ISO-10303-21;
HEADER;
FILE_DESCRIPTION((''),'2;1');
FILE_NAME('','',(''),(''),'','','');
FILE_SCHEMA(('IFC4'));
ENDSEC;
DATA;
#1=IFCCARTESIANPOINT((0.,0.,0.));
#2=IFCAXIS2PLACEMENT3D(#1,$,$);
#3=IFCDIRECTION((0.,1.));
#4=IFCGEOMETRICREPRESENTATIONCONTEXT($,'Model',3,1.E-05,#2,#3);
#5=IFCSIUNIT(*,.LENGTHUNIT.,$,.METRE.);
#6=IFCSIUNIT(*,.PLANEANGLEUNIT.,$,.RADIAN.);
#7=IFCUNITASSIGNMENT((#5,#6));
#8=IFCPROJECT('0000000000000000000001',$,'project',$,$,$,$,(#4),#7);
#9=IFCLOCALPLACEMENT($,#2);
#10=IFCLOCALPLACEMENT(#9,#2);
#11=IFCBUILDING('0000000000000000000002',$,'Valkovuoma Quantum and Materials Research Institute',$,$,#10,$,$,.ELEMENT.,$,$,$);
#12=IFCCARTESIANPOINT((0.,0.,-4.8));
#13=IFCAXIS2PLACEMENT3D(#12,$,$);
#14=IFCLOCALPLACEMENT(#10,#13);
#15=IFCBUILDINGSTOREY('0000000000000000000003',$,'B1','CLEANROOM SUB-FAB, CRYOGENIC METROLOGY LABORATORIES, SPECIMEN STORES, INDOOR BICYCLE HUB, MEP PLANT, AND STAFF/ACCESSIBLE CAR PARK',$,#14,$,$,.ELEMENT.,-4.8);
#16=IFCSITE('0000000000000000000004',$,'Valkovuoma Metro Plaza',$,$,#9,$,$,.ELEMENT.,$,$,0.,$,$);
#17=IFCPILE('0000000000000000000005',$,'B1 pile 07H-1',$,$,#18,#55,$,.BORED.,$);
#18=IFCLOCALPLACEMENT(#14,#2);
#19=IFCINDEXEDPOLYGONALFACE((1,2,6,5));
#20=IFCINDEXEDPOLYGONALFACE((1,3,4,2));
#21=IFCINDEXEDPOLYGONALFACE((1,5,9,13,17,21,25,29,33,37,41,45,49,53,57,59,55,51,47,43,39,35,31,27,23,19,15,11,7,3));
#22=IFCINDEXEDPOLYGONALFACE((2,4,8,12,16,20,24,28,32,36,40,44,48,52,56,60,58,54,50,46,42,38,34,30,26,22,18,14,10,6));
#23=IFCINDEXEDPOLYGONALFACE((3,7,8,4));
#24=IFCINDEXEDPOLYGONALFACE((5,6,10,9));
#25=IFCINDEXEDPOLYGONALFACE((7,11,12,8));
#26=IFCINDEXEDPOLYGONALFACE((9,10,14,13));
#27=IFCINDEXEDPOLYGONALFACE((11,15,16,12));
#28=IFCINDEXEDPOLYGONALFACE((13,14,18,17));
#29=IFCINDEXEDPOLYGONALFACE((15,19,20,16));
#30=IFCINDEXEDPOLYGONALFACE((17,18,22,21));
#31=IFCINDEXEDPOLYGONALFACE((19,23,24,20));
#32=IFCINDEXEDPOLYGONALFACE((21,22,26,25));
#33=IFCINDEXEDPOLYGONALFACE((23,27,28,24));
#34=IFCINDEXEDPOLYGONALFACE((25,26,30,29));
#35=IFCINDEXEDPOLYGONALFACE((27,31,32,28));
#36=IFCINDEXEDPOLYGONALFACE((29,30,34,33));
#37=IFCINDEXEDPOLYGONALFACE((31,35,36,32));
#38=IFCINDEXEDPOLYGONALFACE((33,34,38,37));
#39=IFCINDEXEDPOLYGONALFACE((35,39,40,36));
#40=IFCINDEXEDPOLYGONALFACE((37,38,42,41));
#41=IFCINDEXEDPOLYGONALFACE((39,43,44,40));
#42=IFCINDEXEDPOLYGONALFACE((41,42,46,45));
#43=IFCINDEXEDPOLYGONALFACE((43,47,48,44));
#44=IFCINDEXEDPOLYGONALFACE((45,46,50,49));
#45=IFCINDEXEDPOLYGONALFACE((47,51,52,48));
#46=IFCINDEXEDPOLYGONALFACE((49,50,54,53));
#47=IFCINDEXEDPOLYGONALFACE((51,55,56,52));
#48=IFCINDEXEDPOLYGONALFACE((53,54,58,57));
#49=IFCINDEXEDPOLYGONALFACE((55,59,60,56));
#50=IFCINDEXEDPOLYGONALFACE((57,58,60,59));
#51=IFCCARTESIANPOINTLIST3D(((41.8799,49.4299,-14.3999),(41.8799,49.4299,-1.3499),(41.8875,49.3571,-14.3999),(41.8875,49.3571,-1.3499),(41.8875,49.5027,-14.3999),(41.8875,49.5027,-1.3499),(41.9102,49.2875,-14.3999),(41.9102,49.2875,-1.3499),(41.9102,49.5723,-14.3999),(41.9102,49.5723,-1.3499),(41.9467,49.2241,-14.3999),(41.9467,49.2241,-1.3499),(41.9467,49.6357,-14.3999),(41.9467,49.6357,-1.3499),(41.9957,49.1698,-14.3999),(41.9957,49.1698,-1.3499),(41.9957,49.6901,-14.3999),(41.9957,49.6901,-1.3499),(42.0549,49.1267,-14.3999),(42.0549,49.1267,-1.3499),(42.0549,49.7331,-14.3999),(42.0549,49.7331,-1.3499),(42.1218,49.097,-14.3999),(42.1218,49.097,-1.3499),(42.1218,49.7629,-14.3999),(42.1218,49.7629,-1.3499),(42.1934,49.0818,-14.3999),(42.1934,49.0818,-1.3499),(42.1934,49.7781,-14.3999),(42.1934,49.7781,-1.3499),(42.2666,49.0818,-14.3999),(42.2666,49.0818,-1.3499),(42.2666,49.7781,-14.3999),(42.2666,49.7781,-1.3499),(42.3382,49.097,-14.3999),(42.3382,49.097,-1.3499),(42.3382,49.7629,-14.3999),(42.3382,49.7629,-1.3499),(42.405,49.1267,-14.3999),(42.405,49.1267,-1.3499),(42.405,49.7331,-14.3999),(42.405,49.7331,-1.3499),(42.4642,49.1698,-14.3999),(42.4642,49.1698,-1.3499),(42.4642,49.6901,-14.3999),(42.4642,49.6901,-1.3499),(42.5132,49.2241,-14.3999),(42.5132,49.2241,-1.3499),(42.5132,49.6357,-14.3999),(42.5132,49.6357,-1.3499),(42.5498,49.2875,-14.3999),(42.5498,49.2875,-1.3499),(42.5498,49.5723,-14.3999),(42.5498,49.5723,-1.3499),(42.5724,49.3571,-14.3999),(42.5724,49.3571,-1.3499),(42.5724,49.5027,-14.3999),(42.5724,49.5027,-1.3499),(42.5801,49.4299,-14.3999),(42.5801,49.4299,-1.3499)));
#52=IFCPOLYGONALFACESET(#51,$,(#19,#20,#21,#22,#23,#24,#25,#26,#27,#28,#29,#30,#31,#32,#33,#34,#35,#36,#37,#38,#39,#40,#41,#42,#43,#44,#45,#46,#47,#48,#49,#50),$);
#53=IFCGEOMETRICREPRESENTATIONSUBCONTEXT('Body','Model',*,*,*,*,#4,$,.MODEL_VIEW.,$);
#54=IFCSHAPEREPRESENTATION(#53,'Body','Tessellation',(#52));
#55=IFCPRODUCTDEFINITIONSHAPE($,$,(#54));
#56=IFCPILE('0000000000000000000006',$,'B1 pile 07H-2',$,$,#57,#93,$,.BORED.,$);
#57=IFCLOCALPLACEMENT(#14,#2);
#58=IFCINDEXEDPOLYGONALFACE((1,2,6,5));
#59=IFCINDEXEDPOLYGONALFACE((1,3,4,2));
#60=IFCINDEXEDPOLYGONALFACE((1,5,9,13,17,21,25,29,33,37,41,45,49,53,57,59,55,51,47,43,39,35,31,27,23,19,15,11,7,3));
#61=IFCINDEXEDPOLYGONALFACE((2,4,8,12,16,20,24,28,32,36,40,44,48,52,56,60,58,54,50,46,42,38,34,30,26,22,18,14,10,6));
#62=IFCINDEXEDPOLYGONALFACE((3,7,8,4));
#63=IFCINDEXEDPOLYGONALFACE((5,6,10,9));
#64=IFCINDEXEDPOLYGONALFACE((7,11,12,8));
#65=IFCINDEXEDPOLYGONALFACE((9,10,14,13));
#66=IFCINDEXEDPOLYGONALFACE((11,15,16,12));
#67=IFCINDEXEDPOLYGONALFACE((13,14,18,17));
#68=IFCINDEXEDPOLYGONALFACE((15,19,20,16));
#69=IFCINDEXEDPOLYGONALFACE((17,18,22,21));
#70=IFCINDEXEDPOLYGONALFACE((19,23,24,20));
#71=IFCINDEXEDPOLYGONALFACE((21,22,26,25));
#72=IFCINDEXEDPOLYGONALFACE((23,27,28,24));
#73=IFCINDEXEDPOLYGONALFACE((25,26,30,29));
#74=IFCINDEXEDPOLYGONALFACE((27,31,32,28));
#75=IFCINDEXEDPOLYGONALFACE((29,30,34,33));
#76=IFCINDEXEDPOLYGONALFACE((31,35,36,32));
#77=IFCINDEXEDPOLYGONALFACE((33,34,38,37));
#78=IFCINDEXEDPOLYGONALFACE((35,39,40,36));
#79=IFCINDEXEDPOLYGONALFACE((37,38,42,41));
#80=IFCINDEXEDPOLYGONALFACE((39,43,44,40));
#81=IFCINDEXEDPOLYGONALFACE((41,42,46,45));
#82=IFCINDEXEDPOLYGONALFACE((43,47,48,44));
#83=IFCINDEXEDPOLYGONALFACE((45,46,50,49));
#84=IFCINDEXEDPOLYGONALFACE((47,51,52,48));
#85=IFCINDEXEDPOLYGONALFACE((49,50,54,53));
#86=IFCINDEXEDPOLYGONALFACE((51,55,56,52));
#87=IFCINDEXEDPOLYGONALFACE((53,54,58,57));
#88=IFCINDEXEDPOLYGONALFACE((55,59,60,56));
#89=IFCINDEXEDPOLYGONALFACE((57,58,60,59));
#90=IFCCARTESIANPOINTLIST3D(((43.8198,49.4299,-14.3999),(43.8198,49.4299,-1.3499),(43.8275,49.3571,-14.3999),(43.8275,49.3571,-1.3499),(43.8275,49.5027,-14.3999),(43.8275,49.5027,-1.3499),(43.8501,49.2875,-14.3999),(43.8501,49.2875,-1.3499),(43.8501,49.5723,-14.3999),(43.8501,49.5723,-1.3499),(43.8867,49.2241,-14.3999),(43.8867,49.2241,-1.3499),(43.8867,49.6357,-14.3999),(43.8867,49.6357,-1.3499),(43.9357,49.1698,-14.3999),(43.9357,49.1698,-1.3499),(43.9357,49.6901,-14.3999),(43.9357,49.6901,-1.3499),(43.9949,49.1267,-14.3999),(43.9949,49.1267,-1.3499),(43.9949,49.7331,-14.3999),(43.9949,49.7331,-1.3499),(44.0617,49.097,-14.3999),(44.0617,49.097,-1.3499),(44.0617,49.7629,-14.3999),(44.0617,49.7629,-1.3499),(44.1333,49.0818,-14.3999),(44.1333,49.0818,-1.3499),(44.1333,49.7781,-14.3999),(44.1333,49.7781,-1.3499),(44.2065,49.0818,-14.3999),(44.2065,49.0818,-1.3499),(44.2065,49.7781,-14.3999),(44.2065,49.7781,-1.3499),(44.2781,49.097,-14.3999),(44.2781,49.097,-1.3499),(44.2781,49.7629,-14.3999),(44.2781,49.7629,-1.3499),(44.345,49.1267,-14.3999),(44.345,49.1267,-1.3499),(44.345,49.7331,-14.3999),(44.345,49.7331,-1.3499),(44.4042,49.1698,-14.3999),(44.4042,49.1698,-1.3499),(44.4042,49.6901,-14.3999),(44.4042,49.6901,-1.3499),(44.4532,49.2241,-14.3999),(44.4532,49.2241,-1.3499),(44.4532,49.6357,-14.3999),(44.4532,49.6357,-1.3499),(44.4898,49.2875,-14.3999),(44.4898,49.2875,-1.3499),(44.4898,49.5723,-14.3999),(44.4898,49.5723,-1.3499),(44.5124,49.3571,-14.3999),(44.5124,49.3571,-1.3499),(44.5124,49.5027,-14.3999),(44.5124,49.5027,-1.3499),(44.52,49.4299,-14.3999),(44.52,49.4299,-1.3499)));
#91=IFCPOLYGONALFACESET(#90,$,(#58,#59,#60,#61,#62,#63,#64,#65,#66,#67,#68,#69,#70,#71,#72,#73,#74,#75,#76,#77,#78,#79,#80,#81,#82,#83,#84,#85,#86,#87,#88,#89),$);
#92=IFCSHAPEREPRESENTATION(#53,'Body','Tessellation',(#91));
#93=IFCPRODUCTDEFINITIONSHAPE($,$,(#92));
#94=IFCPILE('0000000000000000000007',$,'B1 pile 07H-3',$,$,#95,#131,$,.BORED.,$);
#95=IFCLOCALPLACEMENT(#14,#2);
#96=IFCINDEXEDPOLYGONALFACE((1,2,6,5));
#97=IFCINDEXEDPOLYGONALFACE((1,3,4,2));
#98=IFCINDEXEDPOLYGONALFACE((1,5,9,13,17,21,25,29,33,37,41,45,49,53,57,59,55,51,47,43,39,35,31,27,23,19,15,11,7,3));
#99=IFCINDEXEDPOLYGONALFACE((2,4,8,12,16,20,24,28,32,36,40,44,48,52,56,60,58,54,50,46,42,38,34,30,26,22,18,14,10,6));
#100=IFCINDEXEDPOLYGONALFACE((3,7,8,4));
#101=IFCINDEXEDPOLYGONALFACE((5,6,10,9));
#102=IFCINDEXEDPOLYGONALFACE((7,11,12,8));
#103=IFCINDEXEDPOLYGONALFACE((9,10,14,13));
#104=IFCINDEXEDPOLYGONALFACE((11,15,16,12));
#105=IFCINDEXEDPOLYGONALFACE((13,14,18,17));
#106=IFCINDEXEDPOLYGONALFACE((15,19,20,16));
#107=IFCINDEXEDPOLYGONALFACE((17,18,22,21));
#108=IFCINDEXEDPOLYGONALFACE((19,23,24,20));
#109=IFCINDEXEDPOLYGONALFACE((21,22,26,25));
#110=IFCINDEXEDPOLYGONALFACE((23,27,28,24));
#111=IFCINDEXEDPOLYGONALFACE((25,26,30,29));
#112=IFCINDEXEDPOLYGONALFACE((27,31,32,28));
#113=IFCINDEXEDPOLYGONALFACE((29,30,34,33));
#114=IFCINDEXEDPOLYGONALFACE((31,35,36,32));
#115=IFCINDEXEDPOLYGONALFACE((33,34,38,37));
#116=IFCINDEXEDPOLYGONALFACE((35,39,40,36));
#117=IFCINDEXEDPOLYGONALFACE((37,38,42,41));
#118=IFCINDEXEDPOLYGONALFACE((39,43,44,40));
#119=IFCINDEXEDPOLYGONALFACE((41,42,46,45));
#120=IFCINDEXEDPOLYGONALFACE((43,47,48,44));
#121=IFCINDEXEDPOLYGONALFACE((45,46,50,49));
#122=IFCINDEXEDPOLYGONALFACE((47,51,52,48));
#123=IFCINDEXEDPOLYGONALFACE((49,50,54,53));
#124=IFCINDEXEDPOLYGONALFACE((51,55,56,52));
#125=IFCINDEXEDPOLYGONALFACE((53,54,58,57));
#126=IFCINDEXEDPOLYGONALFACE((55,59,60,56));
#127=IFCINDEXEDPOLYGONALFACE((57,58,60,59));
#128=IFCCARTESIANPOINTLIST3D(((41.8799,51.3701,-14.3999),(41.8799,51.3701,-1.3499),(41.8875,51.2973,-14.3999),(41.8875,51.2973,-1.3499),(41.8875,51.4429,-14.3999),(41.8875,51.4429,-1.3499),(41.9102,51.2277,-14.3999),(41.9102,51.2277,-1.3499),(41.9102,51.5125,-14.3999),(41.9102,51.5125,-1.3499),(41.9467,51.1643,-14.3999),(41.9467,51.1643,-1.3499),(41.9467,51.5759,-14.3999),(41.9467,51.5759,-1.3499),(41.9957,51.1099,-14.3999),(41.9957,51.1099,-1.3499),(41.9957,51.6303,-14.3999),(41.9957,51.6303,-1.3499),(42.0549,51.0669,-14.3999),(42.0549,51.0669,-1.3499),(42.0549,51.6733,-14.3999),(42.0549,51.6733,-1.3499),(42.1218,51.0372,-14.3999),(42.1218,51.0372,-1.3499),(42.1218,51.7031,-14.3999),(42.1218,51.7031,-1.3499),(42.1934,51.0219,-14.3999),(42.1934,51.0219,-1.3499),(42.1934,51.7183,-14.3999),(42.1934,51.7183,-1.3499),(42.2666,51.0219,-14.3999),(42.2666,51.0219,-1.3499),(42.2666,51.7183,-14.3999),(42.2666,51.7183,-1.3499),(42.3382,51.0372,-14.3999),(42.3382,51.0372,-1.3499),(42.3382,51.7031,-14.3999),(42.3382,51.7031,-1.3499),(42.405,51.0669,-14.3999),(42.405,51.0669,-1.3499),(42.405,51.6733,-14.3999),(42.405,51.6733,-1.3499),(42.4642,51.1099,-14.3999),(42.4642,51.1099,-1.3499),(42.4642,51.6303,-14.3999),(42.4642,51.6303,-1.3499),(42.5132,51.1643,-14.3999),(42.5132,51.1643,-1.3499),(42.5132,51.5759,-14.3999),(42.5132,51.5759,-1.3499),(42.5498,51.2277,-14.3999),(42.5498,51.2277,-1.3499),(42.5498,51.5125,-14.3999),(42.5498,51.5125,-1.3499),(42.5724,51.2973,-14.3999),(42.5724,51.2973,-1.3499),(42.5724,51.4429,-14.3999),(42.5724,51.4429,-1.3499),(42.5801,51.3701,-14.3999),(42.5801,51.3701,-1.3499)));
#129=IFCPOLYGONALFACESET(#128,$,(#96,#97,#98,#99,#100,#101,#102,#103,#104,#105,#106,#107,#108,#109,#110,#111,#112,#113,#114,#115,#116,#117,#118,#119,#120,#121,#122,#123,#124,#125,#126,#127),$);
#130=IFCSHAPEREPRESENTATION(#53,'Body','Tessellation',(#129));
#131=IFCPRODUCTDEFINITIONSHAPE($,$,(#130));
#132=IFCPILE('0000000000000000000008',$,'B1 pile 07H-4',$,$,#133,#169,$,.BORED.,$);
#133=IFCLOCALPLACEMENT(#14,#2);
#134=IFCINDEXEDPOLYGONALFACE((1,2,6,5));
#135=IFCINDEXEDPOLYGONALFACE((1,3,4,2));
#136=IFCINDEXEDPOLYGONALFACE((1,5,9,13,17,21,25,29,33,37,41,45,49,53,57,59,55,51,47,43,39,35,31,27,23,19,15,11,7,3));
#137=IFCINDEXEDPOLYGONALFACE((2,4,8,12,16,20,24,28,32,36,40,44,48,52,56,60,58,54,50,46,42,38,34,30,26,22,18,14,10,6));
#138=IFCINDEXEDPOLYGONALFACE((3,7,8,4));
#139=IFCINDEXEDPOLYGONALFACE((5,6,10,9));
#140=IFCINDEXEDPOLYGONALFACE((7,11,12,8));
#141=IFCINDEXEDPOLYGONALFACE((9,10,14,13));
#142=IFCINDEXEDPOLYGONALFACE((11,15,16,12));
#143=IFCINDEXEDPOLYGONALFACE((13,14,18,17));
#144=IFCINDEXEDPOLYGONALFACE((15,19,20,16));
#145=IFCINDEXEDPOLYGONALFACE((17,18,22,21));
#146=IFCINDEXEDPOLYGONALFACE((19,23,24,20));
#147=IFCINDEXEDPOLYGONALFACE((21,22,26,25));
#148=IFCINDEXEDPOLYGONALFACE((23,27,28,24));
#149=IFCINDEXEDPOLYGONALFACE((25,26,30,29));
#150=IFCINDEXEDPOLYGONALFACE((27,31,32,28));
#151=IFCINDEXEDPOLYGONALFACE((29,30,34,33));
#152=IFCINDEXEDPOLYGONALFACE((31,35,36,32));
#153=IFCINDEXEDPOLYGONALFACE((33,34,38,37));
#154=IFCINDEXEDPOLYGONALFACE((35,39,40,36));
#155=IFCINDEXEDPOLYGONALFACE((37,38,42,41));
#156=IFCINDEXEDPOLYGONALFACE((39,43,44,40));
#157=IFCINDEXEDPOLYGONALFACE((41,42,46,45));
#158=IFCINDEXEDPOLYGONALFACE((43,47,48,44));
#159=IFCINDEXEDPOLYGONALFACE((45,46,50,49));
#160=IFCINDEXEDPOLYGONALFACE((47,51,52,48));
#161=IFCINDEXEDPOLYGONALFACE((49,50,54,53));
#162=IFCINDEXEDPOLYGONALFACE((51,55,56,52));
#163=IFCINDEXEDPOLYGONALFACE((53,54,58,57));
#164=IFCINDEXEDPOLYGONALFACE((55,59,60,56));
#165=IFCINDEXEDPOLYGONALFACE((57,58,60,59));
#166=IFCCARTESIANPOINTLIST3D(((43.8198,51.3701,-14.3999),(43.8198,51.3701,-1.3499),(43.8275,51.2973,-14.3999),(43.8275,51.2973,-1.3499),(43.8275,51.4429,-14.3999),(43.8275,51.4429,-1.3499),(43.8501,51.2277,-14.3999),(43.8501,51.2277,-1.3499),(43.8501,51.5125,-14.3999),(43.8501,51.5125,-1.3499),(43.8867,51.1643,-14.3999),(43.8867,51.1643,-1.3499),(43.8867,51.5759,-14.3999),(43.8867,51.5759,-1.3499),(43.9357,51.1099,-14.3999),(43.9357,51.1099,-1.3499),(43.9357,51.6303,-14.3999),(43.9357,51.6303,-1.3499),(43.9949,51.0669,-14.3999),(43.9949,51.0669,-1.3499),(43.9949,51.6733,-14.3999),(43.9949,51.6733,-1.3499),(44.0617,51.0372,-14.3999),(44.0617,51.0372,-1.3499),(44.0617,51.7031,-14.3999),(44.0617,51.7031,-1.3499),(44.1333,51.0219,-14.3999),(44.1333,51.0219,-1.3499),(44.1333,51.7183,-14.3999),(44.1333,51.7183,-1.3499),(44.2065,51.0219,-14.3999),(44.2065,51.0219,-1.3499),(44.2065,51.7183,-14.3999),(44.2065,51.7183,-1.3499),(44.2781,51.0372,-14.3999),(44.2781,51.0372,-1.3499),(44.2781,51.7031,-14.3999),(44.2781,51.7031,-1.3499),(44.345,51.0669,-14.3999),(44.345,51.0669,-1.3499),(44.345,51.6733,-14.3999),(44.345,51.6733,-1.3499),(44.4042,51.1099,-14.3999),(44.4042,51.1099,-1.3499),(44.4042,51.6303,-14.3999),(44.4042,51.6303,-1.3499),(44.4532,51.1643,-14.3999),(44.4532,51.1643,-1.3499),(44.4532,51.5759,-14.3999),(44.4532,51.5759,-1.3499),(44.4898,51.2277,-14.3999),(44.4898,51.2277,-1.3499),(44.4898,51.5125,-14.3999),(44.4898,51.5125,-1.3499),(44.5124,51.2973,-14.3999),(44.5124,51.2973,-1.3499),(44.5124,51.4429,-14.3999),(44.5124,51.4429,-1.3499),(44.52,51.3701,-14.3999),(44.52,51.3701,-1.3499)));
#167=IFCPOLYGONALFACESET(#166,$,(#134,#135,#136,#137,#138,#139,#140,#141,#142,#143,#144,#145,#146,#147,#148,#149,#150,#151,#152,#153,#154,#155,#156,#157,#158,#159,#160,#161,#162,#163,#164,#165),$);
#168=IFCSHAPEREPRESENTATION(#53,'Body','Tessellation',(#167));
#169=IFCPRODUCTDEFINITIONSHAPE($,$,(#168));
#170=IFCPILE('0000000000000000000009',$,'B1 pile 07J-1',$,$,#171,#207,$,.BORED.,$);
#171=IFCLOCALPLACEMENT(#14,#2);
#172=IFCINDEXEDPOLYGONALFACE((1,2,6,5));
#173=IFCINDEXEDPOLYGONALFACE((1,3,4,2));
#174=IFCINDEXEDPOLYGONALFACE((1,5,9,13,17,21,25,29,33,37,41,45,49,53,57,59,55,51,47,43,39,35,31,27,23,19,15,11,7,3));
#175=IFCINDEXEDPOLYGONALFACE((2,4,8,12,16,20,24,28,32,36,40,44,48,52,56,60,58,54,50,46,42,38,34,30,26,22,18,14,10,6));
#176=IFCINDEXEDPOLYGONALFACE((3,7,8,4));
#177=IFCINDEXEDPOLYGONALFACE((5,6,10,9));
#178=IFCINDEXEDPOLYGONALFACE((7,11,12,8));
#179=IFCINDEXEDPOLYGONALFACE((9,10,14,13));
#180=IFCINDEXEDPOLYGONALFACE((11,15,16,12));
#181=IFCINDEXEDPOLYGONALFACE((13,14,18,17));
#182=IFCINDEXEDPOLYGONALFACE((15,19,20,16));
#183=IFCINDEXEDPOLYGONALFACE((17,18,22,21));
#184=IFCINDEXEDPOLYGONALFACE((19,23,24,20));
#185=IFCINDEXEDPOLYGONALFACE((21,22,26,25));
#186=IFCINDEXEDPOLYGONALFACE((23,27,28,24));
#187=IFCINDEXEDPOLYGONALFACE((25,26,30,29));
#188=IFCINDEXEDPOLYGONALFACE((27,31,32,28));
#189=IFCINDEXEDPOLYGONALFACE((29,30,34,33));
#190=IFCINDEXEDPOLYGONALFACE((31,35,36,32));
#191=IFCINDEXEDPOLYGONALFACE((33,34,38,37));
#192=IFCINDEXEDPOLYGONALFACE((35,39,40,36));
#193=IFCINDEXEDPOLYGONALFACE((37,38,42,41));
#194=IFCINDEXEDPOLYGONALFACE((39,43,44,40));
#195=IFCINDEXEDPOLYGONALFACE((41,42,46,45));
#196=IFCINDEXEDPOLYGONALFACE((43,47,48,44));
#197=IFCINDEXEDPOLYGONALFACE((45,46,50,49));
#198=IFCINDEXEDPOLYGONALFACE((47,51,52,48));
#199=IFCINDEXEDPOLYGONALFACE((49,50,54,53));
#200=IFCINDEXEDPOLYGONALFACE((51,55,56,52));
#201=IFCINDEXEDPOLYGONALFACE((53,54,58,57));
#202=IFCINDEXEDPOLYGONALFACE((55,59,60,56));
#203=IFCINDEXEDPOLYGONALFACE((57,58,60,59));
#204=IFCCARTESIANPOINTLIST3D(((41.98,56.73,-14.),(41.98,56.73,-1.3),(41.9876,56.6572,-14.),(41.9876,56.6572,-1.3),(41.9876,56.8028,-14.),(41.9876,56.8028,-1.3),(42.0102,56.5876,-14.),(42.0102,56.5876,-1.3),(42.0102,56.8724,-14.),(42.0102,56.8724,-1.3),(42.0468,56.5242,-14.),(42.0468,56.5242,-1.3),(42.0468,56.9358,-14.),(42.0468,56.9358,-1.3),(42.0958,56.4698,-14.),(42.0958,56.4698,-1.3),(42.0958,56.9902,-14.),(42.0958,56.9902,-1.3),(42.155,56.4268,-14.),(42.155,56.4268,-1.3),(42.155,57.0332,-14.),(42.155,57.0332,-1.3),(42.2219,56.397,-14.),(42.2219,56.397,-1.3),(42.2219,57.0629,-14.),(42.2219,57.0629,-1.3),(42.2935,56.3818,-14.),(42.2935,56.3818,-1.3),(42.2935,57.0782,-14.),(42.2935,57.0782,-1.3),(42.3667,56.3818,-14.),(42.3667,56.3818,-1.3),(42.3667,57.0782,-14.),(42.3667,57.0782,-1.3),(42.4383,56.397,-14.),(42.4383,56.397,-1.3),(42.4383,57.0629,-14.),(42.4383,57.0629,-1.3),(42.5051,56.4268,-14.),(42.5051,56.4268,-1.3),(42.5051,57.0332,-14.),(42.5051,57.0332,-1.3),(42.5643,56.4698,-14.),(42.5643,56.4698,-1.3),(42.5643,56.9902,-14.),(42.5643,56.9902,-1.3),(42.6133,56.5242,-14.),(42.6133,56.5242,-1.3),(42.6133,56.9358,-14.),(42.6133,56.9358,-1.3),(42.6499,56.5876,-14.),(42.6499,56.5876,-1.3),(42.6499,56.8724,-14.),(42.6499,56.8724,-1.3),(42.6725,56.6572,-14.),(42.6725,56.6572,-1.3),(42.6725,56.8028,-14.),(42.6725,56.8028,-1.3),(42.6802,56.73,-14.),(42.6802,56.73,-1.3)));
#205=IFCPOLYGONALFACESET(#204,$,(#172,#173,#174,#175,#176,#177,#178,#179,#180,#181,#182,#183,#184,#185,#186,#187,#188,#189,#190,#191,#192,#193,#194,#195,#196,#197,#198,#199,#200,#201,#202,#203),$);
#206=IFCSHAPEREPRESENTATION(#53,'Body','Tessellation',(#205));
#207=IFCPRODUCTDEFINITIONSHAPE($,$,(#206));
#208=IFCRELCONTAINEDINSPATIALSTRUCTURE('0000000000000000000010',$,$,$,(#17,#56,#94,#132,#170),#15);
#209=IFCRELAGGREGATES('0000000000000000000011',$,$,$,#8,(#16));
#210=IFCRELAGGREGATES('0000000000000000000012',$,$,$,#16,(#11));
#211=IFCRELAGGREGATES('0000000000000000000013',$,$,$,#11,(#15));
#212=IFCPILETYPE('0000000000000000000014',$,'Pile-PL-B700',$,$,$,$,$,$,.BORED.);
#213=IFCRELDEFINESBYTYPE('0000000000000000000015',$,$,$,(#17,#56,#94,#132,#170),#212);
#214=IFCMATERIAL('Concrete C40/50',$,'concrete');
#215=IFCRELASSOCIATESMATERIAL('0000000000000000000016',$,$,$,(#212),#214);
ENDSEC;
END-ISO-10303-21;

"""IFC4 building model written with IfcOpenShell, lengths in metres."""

from ifc_helpers import new_model, si_unit, direction, frame, origin, origin_2d, place, context, subcontext, project, spatial, circle, extrude, material, material_profile, profile_set, type_object, element, save


model = new_model("IFC4")

# Units and contexts
model_context = context("Model", 3, precision=1e-05, world=origin(), true_north=direction((0.0, 1.0)))
body_context = subcontext(model_context, "Body", "Model", "MODEL_VIEW")
ifc_project = project(units=[si_unit("LENGTHUNIT", "METRE"), si_unit("PLANEANGLEUNIT", "RADIAN")], contexts=[model_context])

# Site, building, storey
site_placement = place(None, origin())
site = spatial("IfcSite", under=ifc_project, at=site_placement, Name="Valkovuoma Metro Plaza", CompositionType="ELEMENT", RefElevation=0.0)
building_placement = place(site_placement, origin())
building = spatial("IfcBuilding", under=site, at=building_placement, Name="Valkovuoma Quantum and Materials Research Institute", CompositionType="ELEMENT")
storey_placement = place(building_placement, frame((0.0, 0.0, -4.8)))
storey = spatial("IfcBuildingStorey", under=building, at=storey_placement, Name="B1", Description="CLEANROOM SUB-FAB, CRYOGENIC METROLOGY LABORATORIES, SPECIMEN STORES, INDOOR BICYCLE HUB, MEP PLANT, AND STAFF/ACCESSIBLE CAR PARK", CompositionType="ELEMENT", Elevation=-4.8)

# Piles
ifc_material_1 = material(Name="Concrete C40/50", Category="concrete")
ifc_material_profile_1 = material_profile(ifc_material_1, circle(Radius=0.3501, at=origin_2d()), Name="Concrete C40/50")
ifc_profile_set_1 = profile_set([ifc_material_profile_1], Name="Concrete C40/50")
pile_type_1 = type_object("IfcPileType", Name="Pile-PL-B700", PredefinedType="BORED", material=ifc_profile_set_1)
for number, where, z_axis, x_axis, name in (
    (1, (42.23, 49.4299, -1.3499), (0.0, 0.0, -1.0), (1.0, 0.0, 0.0), "B1 pile 07H-1"),
    (2, (44.1699, 49.4299, -1.3499), (0.0, 0.0, -1.0), (1.0, 0.0, 0.0), "B1 pile 07H-2"),
    (3, (42.23, 51.3701, -1.3499), (0.0, 0.0, -1.0), (1.0, 0.0, 0.0), "B1 pile 07H-3"),
    (4, (44.1699, 51.3701, -1.3499), (0.0, 0.0, -1.0), (1.0, 0.0, 0.0), "B1 pile 07H-4"),
):
    element("IfcPile", number, at=place(storey_placement, frame(where, z_axis=z_axis, x_axis=x_axis)), inside=storey, type_object=pile_type_1, Name=name, PredefinedType="BORED", context=body_context, shape_type="SweptSolid", body=[
        extrude(circle(Radius=0.3501, at=origin_2d()), origin(), (0.0, 0.0, 1.0), 13.05),
    ])
for number, where, z_axis, x_axis, name in (
    (5, (42.3301, 56.73, -1.3), (0.0, 0.0, -1.0), (1.0, 0.0, 0.0), "B1 pile 07J-1"),
):
    element("IfcPile", number, at=place(storey_placement, frame(where, z_axis=z_axis, x_axis=x_axis)), inside=storey, type_object=pile_type_1, Name=name, PredefinedType="BORED", context=body_context, shape_type="SweptSolid", body=[
        extrude(circle(Radius=0.3501, at=origin_2d()), origin(), (0.0, 0.0, 1.0), 12.7),
    ])

save(model, "model.ifc")
